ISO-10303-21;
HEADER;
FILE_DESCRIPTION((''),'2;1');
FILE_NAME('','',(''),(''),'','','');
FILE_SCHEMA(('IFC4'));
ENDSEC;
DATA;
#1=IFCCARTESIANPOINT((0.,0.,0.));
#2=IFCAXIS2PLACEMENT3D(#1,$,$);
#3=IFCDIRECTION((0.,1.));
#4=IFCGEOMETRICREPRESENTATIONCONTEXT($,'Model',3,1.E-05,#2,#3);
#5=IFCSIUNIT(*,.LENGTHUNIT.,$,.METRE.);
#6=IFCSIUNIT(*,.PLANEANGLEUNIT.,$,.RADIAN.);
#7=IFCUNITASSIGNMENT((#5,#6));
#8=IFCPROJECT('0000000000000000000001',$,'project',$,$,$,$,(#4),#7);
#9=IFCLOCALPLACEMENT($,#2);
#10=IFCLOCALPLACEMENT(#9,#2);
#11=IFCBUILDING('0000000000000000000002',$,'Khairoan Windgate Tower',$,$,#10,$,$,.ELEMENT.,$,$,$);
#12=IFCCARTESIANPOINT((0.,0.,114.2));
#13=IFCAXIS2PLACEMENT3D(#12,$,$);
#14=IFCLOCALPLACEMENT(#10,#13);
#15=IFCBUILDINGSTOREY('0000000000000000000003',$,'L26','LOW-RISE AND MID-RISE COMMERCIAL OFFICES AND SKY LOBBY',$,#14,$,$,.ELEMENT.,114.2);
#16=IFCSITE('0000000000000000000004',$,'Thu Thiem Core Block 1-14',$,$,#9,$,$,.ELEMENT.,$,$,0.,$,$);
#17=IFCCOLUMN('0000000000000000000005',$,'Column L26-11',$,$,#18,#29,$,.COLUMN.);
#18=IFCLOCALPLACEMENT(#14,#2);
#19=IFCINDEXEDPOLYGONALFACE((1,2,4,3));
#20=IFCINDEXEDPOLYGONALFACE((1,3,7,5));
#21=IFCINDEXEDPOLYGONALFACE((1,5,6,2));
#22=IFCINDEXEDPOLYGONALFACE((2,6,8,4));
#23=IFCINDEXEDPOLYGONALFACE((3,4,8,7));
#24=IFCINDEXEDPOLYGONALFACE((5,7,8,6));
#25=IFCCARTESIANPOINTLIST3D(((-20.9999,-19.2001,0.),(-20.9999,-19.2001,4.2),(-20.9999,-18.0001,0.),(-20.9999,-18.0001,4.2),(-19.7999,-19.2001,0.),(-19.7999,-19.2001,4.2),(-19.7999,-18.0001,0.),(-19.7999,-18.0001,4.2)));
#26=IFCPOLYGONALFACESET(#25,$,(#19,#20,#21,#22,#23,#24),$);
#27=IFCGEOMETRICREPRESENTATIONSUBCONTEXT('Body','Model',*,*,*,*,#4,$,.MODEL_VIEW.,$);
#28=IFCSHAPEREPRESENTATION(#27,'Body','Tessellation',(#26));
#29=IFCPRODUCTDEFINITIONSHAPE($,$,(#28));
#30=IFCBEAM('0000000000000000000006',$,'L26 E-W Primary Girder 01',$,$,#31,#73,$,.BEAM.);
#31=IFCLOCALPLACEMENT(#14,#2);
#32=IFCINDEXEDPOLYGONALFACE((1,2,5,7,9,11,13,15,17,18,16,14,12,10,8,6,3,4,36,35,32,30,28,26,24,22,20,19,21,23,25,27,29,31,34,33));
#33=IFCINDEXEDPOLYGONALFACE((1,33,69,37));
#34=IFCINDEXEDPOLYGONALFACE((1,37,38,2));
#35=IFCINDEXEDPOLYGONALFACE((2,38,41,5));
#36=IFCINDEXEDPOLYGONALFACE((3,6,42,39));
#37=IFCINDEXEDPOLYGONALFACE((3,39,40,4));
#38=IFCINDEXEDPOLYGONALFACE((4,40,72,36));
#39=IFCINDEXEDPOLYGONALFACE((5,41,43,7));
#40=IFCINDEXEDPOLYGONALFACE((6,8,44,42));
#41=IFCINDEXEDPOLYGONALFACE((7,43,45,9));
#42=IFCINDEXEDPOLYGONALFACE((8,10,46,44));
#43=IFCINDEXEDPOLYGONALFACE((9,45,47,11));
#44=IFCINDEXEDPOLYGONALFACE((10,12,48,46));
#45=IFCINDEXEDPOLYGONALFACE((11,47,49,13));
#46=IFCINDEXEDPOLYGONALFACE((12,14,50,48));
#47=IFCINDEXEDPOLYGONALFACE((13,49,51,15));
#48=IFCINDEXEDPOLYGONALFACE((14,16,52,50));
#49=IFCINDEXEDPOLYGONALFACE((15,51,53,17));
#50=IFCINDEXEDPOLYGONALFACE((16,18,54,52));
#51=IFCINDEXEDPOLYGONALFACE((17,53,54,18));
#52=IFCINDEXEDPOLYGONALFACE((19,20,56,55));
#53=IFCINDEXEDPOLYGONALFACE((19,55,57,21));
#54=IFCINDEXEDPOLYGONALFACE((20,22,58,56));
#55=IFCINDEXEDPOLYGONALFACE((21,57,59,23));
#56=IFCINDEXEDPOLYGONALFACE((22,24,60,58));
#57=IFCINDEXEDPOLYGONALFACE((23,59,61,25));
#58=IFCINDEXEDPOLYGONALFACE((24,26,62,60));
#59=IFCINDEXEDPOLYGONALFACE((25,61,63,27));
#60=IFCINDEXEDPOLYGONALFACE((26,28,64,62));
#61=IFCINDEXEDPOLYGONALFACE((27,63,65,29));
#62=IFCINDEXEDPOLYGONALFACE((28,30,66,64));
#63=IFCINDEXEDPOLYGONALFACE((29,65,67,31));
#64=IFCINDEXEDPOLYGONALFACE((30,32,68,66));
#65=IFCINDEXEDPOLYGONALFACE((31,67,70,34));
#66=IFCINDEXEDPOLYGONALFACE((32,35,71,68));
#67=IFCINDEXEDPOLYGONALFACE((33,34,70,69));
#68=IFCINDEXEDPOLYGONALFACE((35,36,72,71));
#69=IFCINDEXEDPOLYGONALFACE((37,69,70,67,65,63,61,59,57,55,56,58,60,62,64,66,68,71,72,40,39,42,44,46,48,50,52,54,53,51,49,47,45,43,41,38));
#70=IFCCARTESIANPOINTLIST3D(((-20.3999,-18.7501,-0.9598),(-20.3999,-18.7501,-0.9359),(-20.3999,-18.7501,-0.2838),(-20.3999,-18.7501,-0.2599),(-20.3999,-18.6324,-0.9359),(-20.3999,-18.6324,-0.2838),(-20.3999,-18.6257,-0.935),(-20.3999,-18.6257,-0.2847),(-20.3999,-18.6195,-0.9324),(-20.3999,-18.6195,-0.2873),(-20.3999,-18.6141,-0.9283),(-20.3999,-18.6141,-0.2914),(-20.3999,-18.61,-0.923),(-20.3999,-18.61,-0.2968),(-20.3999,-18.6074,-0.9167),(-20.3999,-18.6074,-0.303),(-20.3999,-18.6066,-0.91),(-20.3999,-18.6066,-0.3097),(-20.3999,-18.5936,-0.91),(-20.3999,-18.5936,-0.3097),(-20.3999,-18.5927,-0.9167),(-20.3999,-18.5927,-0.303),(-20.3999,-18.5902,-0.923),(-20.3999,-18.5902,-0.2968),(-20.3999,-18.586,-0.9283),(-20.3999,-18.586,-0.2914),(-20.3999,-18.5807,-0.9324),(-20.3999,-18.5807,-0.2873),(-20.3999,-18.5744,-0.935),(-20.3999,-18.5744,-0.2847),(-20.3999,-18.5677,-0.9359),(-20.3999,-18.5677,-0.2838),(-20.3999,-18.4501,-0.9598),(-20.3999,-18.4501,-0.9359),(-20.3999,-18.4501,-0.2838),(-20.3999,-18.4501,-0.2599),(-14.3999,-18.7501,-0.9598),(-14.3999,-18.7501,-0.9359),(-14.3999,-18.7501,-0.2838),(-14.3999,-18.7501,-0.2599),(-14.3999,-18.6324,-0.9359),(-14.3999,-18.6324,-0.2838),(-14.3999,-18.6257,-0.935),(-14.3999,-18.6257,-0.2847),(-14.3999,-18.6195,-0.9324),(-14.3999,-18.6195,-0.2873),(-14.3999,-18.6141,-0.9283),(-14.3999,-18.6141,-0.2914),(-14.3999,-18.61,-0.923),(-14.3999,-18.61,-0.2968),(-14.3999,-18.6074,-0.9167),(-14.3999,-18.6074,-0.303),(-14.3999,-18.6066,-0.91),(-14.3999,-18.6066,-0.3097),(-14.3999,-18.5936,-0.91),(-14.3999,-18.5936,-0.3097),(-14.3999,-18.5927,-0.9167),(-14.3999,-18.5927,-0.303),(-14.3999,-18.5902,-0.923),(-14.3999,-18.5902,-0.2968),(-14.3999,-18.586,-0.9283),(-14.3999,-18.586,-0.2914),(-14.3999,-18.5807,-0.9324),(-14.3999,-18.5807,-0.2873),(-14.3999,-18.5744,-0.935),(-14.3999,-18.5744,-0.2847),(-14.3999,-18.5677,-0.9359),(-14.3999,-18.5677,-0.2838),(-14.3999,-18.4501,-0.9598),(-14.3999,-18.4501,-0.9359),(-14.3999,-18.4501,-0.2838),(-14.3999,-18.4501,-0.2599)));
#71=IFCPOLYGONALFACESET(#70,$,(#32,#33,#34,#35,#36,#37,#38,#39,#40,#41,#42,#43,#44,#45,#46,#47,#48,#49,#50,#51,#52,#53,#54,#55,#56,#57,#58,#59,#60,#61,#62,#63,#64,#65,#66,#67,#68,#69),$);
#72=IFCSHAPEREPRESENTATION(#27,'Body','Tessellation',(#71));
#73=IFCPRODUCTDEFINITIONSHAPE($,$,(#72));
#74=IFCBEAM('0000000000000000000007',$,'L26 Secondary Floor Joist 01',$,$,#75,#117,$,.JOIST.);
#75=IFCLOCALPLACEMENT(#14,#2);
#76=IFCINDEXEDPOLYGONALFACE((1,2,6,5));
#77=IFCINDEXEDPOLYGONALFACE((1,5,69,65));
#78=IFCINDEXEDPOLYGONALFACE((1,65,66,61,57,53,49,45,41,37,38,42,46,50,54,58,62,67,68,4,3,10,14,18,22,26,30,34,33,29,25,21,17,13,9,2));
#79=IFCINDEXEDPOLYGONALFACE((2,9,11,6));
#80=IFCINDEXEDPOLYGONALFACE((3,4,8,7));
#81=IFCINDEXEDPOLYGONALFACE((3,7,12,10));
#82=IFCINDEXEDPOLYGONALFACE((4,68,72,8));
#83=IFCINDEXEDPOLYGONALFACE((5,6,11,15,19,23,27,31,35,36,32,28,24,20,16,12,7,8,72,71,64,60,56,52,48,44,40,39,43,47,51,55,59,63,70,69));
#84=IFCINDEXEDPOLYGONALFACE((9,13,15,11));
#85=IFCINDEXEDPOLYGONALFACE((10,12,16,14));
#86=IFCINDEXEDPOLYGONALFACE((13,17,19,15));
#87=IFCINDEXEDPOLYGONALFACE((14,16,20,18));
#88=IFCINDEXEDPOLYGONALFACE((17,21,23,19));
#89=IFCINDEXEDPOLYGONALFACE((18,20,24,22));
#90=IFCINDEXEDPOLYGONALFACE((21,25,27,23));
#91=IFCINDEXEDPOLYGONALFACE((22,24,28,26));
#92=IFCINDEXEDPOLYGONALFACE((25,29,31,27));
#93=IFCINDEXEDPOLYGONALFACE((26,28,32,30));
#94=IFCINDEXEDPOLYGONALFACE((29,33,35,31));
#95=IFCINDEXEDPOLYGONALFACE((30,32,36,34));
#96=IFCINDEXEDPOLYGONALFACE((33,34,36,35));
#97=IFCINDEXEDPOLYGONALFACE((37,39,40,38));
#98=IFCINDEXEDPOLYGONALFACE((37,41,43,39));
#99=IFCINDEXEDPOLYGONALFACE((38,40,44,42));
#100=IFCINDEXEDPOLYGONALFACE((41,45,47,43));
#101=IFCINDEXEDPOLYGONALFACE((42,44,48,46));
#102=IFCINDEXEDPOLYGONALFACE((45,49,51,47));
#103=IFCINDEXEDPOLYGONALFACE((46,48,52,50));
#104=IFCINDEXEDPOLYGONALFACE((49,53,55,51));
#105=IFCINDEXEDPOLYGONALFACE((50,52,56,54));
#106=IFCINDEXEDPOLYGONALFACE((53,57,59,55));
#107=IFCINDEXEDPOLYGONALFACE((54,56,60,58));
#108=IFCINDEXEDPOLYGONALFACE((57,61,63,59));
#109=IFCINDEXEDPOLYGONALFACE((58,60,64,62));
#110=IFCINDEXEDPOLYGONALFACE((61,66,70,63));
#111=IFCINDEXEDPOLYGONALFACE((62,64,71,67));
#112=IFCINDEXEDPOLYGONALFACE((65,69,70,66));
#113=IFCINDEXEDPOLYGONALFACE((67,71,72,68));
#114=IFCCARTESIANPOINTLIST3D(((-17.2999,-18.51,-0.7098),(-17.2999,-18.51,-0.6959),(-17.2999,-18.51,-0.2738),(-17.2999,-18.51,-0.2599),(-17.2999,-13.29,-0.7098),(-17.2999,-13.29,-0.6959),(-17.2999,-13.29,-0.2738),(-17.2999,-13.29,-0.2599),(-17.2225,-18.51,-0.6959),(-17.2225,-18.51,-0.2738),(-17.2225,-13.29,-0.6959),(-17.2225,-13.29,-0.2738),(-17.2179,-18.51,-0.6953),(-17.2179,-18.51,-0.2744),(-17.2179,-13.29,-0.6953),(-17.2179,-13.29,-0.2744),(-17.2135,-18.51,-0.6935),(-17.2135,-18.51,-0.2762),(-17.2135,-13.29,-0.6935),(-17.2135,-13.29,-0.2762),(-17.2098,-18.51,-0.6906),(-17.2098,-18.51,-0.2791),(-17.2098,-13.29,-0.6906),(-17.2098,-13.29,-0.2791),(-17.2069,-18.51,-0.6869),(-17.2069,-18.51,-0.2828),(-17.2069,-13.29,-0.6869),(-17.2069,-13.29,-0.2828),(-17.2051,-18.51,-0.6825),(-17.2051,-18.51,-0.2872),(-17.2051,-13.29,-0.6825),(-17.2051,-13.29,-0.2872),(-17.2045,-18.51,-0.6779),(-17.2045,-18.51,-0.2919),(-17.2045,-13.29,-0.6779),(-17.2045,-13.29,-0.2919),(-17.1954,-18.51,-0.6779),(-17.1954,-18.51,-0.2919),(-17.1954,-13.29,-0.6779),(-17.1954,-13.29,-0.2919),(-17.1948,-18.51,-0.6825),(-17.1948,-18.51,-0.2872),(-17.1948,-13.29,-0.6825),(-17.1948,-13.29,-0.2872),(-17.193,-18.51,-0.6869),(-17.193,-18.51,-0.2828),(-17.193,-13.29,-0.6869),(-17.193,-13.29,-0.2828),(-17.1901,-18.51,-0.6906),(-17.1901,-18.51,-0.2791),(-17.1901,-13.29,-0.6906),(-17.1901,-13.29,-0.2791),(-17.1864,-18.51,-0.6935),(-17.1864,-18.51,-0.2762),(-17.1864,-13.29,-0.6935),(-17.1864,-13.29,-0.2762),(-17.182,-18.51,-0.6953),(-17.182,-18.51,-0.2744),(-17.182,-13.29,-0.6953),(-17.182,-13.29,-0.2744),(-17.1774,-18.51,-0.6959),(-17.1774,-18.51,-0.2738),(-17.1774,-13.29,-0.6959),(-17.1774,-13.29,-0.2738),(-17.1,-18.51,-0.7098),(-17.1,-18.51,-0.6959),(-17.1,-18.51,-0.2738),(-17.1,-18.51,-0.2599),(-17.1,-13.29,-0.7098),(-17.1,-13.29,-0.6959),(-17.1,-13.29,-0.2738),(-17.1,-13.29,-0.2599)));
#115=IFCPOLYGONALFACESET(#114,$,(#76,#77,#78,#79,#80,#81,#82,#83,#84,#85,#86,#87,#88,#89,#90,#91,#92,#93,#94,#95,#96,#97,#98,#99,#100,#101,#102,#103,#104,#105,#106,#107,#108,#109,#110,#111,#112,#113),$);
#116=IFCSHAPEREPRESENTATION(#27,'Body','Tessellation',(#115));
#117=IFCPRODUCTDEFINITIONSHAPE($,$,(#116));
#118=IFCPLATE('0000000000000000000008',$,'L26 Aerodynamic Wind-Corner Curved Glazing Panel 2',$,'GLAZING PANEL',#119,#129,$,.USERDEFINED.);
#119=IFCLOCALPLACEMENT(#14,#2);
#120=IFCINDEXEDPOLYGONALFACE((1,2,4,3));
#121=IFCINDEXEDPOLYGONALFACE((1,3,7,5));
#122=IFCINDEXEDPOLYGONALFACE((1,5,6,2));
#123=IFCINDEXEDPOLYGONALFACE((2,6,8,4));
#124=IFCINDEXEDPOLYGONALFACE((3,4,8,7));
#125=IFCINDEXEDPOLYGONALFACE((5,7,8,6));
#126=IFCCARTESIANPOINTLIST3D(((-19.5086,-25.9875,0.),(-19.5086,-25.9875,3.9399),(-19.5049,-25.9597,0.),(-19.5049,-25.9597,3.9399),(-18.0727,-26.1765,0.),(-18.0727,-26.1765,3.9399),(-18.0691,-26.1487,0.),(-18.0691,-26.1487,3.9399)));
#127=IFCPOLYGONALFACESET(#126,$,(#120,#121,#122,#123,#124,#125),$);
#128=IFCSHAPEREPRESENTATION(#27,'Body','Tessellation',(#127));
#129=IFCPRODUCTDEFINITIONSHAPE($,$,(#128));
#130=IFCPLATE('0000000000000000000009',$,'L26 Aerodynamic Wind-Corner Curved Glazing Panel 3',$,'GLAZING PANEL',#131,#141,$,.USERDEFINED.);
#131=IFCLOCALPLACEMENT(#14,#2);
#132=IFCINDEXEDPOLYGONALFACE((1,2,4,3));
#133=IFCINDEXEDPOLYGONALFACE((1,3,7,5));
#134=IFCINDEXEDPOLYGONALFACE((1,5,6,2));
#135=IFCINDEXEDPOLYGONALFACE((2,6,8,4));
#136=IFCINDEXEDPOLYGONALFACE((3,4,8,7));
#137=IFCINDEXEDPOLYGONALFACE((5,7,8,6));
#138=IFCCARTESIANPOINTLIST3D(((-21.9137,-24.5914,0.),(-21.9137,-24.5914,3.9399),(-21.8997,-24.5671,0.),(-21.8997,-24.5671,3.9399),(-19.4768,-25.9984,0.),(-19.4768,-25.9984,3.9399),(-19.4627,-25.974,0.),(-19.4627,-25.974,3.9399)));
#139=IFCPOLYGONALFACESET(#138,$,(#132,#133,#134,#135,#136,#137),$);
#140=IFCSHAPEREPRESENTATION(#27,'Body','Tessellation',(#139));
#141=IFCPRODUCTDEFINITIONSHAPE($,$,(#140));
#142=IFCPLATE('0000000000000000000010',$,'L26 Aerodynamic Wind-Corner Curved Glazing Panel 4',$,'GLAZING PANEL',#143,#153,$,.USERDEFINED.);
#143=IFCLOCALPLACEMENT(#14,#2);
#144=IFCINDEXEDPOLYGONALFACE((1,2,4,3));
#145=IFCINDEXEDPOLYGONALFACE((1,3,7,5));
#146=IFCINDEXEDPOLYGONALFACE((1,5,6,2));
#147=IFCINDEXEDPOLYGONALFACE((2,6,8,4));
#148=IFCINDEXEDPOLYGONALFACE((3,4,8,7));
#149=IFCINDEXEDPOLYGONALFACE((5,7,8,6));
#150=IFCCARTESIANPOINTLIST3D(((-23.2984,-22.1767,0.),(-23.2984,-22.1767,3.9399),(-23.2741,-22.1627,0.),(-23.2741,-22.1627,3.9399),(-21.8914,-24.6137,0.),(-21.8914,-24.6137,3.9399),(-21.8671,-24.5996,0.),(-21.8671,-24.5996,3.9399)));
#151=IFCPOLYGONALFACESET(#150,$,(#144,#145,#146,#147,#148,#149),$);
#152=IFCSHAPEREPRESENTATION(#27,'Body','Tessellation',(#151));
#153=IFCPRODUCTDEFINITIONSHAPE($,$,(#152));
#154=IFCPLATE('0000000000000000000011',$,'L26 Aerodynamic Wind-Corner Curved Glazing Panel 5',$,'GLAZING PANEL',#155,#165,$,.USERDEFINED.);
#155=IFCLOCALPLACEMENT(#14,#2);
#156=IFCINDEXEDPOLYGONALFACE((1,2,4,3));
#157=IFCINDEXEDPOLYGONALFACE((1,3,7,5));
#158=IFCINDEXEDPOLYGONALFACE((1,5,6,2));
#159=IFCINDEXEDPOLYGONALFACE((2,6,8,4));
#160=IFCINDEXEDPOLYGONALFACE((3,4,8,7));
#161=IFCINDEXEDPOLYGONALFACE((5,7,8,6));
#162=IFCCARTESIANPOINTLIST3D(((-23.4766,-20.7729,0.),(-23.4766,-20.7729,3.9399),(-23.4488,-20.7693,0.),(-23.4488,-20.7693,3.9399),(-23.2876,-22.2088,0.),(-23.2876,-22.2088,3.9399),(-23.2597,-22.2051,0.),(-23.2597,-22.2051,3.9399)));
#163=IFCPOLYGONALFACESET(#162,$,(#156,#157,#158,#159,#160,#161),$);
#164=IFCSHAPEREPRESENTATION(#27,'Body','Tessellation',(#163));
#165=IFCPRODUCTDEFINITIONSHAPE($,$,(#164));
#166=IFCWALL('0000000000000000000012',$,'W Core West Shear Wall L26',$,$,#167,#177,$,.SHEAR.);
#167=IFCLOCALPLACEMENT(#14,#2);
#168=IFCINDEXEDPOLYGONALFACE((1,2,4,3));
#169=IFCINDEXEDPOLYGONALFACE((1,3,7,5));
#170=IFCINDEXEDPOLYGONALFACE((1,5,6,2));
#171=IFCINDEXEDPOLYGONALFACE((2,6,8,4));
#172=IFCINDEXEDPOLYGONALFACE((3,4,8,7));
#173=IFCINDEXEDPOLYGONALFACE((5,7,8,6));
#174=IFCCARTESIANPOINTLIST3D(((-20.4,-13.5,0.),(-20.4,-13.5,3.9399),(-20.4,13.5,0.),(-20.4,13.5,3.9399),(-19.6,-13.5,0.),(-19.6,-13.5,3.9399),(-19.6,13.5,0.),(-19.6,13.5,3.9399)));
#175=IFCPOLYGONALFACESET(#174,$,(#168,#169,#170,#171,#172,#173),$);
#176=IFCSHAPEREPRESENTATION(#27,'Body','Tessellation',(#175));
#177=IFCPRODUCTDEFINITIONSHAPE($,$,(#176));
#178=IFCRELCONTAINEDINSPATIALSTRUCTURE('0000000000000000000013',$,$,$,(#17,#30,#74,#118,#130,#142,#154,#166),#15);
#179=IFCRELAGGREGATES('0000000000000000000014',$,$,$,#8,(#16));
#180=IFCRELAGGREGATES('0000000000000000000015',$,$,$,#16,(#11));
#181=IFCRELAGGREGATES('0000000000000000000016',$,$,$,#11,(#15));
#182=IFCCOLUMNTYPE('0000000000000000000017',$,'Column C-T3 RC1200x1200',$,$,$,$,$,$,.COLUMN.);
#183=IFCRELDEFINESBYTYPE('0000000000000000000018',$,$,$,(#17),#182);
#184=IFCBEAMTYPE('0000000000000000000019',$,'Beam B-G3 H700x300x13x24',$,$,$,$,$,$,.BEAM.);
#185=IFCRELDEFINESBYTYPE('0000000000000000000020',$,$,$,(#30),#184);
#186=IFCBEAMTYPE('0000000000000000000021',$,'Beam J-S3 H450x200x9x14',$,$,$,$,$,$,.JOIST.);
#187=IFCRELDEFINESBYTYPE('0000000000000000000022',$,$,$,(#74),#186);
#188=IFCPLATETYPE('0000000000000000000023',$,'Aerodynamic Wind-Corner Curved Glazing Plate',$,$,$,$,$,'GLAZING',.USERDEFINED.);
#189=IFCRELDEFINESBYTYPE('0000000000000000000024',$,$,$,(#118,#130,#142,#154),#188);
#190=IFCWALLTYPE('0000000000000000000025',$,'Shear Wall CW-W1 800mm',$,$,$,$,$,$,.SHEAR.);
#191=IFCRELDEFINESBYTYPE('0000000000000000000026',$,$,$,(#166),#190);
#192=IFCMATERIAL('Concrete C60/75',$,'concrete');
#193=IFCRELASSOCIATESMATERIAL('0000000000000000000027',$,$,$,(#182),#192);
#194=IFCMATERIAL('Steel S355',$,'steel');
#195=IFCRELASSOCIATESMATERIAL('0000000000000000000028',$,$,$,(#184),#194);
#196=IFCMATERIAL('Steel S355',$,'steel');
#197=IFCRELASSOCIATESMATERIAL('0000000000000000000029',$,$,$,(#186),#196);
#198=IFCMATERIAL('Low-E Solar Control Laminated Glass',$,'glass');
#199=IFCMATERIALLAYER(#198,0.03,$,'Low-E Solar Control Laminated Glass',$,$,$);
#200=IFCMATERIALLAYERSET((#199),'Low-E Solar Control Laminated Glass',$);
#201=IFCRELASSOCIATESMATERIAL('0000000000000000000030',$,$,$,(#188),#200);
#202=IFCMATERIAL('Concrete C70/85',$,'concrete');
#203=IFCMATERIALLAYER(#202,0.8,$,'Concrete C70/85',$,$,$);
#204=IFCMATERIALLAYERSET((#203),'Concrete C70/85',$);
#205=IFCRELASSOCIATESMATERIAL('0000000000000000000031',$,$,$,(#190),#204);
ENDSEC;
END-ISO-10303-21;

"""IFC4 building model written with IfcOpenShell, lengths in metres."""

from ifc_helpers import new_model, si_unit, direction, frame, frame_2d, origin, origin_2d, place, context, subcontext, project, spatial, rectangle, i_section, extrude, material, layer, layer_set, material_profile, profile_set, type_object, element, save


model = new_model("IFC4")

# Units and contexts
model_context = context("Model", 3, precision=1e-05, world=origin(), true_north=direction((0.0, 1.0)))
body_context = subcontext(model_context, "Body", "Model", "MODEL_VIEW")
ifc_project = project(units=[si_unit("LENGTHUNIT", "METRE"), si_unit("PLANEANGLEUNIT", "RADIAN")], contexts=[model_context])

# Site, building, storey
site_placement = place(None, origin())
site = spatial("IfcSite", under=ifc_project, at=site_placement, Name="Thu Thiem Core Block 1-14", CompositionType="ELEMENT", RefElevation=0.0)
building_placement = place(site_placement, origin())
building = spatial("IfcBuilding", under=site, at=building_placement, Name="Khairoan Windgate Tower", CompositionType="ELEMENT")
storey_placement = place(building_placement, frame((0.0, 0.0, 114.2)))
storey = spatial("IfcBuildingStorey", under=building, at=storey_placement, Name="L26", Description="LOW-RISE AND MID-RISE COMMERCIAL OFFICES AND SKY LOBBY", CompositionType="ELEMENT", Elevation=114.2)

# Column
ifc_material_1 = material(Name="Concrete C60/75", Category="concrete")
ifc_material_profile_1 = material_profile(ifc_material_1, rectangle(XDim=1.2, YDim=1.2, at=origin_2d()))
ifc_profile_set_1 = profile_set([ifc_material_profile_1], Name="Concrete C60/75")
column_type = type_object("IfcColumnType", Name="Column C-T3 RC1200x1200", PredefinedType="COLUMN", material=ifc_profile_set_1)
column_placement = place(storey_placement, frame((-20.3999, -18.6001, 0.0), z_axis=(0.0, 0.0, 1.0), x_axis=(1.0, 0.0, 0.0)))
element("IfcColumn", 1, at=column_placement, inside=storey, type_object=column_type, Name="Column L26-11", PredefinedType="COLUMN", context=body_context, shape_type="SweptSolid", body=[
    extrude(rectangle(XDim=1.2, YDim=1.2, at=origin_2d()), origin(), (0.0, 0.0, 1.0), 4.2),
])

# Beams
ifc_material_2 = material(Name="Steel S355", Category="steel")
ifc_material_profile_2 = material_profile(ifc_material_2, i_section(OverallWidth=0.3, OverallDepth=0.7, WebThickness=0.0129, FlangeThickness=0.0239, FilletRadius=0.0259, at=origin_2d()))
ifc_profile_set_2 = profile_set([ifc_material_profile_2], Name="Steel S355")
beam_type_1 = type_object("IfcBeamType", Name="Beam B-G3 H700x300x13x24", PredefinedType="BEAM", material=ifc_profile_set_2)
beam_1_placement = place(storey_placement, frame((-20.3999, -18.6001, -0.6099), z_axis=(1.0, 0.0, 0.0), x_axis=(0.0, 1.0, 0.0)))
element("IfcBeam", 2, at=beam_1_placement, inside=storey, type_object=beam_type_1, Name="L26 E-W Primary Girder 01", PredefinedType="BEAM", context=body_context, shape_type="SweptSolid", body=[
    extrude(i_section(OverallWidth=0.3, OverallDepth=0.7, WebThickness=0.0129, FlangeThickness=0.0239, FilletRadius=0.0259, at=origin_2d()), origin(), (0.0, 0.0, 1.0), 6.0),
])
ifc_material_3 = material(Name="Steel S355", Category="steel")
ifc_material_profile_3 = material_profile(ifc_material_3, i_section(OverallWidth=0.2, OverallDepth=0.45, WebThickness=0.009, FlangeThickness=0.0139, FilletRadius=0.0181, at=origin_2d()))
ifc_profile_set_3 = profile_set([ifc_material_profile_3], Name="Steel S355")
beam_type_2 = type_object("IfcBeamType", Name="Beam J-S3 H450x200x9x14", PredefinedType="JOIST", material=ifc_profile_set_3)
beam_2_placement = place(storey_placement, frame((-17.2, -18.51, -0.4849), z_axis=(0.0, 1.0, 0.0), x_axis=(-1.0, 0.0, 0.0)))
element("IfcBeam", 3, at=beam_2_placement, inside=storey, type_object=beam_type_2, Name="L26 Secondary Floor Joist 01", PredefinedType="JOIST", context=body_context, shape_type="SweptSolid", body=[
    extrude(i_section(OverallWidth=0.2, OverallDepth=0.45, WebThickness=0.009, FlangeThickness=0.0139, FilletRadius=0.0181, at=origin_2d()), origin(), (0.0, 0.0, 1.0), 5.22),
])

# Plates
ifc_material_4 = material(Name="Low-E Solar Control Laminated Glass", Category="glass")
ifc_layer_1 = layer(ifc_material_4, 0.03, Name="Low-E Solar Control Laminated Glass")
ifc_layer_set_1 = layer_set([ifc_layer_1], Name="Low-E Solar Control Laminated Glass")
plate_type_1 = type_object("IfcPlateType", Name="Aerodynamic Wind-Corner Curved Glazing Plate", ElementType="GLAZING", PredefinedType="USERDEFINED", material=ifc_layer_set_1)
plate_1_placement = place(storey_placement, frame((-18.7888, -26.0681, 0.0), z_axis=(0.0, 0.0, 1.0), x_axis=(-0.991445, 0.130526, 0.0)))
element("IfcPlate", 4, at=plate_1_placement, inside=storey, type_object=plate_type_1, Name="L26 Aerodynamic Wind-Corner Curved Glazing Panel 2", ObjectType="GLAZING PANEL", PredefinedType="USERDEFINED", context=body_context, shape_type="SweptSolid", body=[
    extrude(rectangle(XDim=1.4482, YDim=0.0281, at=origin_2d()), origin(), (0.0, 0.0, 1.0), 3.9399),
])
for number, where, z_axis, x_axis, name in (
    (5, (-20.6882, -25.2827, 0.0), (0.0, 0.0, 1.0), (-0.866025, 0.5, 0.0), "L26 Aerodynamic Wind-Corner Curved Glazing Panel 3"),
    (6, (-22.5828, -23.3882, 0.0), (0.0, 0.0, 1.0), (-0.5, 0.866025, 0.0), "L26 Aerodynamic Wind-Corner Curved Glazing Panel 4"),
):
    element("IfcPlate", number, at=place(storey_placement, frame(where, z_axis=z_axis, x_axis=x_axis)), inside=storey, type_object=plate_type_1, Name=name, ObjectType="GLAZING PANEL", PredefinedType="USERDEFINED", context=body_context, shape_type="SweptSolid", body=[
        extrude(rectangle(XDim=2.814, YDim=0.0281, at=origin_2d()), origin(), (0.0, 0.0, 1.0), 3.9399),
    ])
plate_2_placement = place(storey_placement, frame((-23.3682, -21.489, 0.0), z_axis=(0.0, 0.0, 1.0), x_axis=(-0.130526, 0.991445, 0.0)))
element("IfcPlate", 7, at=plate_2_placement, inside=storey, type_object=plate_type_1, Name="L26 Aerodynamic Wind-Corner Curved Glazing Panel 5", ObjectType="GLAZING PANEL", PredefinedType="USERDEFINED", context=body_context, shape_type="SweptSolid", body=[
    extrude(rectangle(XDim=1.4482, YDim=0.0281, at=origin_2d()), origin(), (0.0, 0.0, 1.0), 3.9399),
])

# Wall
ifc_material_5 = material(Name="Concrete C70/85", Category="concrete")
ifc_layer_2 = layer(ifc_material_5, 0.8, Name="Concrete C70/85")
ifc_layer_set_2 = layer_set([ifc_layer_2], Name="Concrete C70/85")
wall_type = type_object("IfcWallType", Name="Shear Wall CW-W1 800mm", PredefinedType="SHEAR", material=ifc_layer_set_2)
wall_placement = place(storey_placement, frame((-20.0, -13.5, 0.0), z_axis=(0.0, 0.0, 1.0), x_axis=(0.0, 1.0, 0.0)))
element("IfcWall", 8, at=wall_placement, inside=storey, type_object=wall_type, Name="W Core West Shear Wall L26", PredefinedType="SHEAR", context=body_context, shape_type="SweptSolid", body=[
    extrude(rectangle(XDim=27.0, YDim=0.8, at=frame_2d((13.5, 0.0))), origin(), (0.0, 0.0, 1.0), 3.9399),
])

save(model, "model.ifc")
